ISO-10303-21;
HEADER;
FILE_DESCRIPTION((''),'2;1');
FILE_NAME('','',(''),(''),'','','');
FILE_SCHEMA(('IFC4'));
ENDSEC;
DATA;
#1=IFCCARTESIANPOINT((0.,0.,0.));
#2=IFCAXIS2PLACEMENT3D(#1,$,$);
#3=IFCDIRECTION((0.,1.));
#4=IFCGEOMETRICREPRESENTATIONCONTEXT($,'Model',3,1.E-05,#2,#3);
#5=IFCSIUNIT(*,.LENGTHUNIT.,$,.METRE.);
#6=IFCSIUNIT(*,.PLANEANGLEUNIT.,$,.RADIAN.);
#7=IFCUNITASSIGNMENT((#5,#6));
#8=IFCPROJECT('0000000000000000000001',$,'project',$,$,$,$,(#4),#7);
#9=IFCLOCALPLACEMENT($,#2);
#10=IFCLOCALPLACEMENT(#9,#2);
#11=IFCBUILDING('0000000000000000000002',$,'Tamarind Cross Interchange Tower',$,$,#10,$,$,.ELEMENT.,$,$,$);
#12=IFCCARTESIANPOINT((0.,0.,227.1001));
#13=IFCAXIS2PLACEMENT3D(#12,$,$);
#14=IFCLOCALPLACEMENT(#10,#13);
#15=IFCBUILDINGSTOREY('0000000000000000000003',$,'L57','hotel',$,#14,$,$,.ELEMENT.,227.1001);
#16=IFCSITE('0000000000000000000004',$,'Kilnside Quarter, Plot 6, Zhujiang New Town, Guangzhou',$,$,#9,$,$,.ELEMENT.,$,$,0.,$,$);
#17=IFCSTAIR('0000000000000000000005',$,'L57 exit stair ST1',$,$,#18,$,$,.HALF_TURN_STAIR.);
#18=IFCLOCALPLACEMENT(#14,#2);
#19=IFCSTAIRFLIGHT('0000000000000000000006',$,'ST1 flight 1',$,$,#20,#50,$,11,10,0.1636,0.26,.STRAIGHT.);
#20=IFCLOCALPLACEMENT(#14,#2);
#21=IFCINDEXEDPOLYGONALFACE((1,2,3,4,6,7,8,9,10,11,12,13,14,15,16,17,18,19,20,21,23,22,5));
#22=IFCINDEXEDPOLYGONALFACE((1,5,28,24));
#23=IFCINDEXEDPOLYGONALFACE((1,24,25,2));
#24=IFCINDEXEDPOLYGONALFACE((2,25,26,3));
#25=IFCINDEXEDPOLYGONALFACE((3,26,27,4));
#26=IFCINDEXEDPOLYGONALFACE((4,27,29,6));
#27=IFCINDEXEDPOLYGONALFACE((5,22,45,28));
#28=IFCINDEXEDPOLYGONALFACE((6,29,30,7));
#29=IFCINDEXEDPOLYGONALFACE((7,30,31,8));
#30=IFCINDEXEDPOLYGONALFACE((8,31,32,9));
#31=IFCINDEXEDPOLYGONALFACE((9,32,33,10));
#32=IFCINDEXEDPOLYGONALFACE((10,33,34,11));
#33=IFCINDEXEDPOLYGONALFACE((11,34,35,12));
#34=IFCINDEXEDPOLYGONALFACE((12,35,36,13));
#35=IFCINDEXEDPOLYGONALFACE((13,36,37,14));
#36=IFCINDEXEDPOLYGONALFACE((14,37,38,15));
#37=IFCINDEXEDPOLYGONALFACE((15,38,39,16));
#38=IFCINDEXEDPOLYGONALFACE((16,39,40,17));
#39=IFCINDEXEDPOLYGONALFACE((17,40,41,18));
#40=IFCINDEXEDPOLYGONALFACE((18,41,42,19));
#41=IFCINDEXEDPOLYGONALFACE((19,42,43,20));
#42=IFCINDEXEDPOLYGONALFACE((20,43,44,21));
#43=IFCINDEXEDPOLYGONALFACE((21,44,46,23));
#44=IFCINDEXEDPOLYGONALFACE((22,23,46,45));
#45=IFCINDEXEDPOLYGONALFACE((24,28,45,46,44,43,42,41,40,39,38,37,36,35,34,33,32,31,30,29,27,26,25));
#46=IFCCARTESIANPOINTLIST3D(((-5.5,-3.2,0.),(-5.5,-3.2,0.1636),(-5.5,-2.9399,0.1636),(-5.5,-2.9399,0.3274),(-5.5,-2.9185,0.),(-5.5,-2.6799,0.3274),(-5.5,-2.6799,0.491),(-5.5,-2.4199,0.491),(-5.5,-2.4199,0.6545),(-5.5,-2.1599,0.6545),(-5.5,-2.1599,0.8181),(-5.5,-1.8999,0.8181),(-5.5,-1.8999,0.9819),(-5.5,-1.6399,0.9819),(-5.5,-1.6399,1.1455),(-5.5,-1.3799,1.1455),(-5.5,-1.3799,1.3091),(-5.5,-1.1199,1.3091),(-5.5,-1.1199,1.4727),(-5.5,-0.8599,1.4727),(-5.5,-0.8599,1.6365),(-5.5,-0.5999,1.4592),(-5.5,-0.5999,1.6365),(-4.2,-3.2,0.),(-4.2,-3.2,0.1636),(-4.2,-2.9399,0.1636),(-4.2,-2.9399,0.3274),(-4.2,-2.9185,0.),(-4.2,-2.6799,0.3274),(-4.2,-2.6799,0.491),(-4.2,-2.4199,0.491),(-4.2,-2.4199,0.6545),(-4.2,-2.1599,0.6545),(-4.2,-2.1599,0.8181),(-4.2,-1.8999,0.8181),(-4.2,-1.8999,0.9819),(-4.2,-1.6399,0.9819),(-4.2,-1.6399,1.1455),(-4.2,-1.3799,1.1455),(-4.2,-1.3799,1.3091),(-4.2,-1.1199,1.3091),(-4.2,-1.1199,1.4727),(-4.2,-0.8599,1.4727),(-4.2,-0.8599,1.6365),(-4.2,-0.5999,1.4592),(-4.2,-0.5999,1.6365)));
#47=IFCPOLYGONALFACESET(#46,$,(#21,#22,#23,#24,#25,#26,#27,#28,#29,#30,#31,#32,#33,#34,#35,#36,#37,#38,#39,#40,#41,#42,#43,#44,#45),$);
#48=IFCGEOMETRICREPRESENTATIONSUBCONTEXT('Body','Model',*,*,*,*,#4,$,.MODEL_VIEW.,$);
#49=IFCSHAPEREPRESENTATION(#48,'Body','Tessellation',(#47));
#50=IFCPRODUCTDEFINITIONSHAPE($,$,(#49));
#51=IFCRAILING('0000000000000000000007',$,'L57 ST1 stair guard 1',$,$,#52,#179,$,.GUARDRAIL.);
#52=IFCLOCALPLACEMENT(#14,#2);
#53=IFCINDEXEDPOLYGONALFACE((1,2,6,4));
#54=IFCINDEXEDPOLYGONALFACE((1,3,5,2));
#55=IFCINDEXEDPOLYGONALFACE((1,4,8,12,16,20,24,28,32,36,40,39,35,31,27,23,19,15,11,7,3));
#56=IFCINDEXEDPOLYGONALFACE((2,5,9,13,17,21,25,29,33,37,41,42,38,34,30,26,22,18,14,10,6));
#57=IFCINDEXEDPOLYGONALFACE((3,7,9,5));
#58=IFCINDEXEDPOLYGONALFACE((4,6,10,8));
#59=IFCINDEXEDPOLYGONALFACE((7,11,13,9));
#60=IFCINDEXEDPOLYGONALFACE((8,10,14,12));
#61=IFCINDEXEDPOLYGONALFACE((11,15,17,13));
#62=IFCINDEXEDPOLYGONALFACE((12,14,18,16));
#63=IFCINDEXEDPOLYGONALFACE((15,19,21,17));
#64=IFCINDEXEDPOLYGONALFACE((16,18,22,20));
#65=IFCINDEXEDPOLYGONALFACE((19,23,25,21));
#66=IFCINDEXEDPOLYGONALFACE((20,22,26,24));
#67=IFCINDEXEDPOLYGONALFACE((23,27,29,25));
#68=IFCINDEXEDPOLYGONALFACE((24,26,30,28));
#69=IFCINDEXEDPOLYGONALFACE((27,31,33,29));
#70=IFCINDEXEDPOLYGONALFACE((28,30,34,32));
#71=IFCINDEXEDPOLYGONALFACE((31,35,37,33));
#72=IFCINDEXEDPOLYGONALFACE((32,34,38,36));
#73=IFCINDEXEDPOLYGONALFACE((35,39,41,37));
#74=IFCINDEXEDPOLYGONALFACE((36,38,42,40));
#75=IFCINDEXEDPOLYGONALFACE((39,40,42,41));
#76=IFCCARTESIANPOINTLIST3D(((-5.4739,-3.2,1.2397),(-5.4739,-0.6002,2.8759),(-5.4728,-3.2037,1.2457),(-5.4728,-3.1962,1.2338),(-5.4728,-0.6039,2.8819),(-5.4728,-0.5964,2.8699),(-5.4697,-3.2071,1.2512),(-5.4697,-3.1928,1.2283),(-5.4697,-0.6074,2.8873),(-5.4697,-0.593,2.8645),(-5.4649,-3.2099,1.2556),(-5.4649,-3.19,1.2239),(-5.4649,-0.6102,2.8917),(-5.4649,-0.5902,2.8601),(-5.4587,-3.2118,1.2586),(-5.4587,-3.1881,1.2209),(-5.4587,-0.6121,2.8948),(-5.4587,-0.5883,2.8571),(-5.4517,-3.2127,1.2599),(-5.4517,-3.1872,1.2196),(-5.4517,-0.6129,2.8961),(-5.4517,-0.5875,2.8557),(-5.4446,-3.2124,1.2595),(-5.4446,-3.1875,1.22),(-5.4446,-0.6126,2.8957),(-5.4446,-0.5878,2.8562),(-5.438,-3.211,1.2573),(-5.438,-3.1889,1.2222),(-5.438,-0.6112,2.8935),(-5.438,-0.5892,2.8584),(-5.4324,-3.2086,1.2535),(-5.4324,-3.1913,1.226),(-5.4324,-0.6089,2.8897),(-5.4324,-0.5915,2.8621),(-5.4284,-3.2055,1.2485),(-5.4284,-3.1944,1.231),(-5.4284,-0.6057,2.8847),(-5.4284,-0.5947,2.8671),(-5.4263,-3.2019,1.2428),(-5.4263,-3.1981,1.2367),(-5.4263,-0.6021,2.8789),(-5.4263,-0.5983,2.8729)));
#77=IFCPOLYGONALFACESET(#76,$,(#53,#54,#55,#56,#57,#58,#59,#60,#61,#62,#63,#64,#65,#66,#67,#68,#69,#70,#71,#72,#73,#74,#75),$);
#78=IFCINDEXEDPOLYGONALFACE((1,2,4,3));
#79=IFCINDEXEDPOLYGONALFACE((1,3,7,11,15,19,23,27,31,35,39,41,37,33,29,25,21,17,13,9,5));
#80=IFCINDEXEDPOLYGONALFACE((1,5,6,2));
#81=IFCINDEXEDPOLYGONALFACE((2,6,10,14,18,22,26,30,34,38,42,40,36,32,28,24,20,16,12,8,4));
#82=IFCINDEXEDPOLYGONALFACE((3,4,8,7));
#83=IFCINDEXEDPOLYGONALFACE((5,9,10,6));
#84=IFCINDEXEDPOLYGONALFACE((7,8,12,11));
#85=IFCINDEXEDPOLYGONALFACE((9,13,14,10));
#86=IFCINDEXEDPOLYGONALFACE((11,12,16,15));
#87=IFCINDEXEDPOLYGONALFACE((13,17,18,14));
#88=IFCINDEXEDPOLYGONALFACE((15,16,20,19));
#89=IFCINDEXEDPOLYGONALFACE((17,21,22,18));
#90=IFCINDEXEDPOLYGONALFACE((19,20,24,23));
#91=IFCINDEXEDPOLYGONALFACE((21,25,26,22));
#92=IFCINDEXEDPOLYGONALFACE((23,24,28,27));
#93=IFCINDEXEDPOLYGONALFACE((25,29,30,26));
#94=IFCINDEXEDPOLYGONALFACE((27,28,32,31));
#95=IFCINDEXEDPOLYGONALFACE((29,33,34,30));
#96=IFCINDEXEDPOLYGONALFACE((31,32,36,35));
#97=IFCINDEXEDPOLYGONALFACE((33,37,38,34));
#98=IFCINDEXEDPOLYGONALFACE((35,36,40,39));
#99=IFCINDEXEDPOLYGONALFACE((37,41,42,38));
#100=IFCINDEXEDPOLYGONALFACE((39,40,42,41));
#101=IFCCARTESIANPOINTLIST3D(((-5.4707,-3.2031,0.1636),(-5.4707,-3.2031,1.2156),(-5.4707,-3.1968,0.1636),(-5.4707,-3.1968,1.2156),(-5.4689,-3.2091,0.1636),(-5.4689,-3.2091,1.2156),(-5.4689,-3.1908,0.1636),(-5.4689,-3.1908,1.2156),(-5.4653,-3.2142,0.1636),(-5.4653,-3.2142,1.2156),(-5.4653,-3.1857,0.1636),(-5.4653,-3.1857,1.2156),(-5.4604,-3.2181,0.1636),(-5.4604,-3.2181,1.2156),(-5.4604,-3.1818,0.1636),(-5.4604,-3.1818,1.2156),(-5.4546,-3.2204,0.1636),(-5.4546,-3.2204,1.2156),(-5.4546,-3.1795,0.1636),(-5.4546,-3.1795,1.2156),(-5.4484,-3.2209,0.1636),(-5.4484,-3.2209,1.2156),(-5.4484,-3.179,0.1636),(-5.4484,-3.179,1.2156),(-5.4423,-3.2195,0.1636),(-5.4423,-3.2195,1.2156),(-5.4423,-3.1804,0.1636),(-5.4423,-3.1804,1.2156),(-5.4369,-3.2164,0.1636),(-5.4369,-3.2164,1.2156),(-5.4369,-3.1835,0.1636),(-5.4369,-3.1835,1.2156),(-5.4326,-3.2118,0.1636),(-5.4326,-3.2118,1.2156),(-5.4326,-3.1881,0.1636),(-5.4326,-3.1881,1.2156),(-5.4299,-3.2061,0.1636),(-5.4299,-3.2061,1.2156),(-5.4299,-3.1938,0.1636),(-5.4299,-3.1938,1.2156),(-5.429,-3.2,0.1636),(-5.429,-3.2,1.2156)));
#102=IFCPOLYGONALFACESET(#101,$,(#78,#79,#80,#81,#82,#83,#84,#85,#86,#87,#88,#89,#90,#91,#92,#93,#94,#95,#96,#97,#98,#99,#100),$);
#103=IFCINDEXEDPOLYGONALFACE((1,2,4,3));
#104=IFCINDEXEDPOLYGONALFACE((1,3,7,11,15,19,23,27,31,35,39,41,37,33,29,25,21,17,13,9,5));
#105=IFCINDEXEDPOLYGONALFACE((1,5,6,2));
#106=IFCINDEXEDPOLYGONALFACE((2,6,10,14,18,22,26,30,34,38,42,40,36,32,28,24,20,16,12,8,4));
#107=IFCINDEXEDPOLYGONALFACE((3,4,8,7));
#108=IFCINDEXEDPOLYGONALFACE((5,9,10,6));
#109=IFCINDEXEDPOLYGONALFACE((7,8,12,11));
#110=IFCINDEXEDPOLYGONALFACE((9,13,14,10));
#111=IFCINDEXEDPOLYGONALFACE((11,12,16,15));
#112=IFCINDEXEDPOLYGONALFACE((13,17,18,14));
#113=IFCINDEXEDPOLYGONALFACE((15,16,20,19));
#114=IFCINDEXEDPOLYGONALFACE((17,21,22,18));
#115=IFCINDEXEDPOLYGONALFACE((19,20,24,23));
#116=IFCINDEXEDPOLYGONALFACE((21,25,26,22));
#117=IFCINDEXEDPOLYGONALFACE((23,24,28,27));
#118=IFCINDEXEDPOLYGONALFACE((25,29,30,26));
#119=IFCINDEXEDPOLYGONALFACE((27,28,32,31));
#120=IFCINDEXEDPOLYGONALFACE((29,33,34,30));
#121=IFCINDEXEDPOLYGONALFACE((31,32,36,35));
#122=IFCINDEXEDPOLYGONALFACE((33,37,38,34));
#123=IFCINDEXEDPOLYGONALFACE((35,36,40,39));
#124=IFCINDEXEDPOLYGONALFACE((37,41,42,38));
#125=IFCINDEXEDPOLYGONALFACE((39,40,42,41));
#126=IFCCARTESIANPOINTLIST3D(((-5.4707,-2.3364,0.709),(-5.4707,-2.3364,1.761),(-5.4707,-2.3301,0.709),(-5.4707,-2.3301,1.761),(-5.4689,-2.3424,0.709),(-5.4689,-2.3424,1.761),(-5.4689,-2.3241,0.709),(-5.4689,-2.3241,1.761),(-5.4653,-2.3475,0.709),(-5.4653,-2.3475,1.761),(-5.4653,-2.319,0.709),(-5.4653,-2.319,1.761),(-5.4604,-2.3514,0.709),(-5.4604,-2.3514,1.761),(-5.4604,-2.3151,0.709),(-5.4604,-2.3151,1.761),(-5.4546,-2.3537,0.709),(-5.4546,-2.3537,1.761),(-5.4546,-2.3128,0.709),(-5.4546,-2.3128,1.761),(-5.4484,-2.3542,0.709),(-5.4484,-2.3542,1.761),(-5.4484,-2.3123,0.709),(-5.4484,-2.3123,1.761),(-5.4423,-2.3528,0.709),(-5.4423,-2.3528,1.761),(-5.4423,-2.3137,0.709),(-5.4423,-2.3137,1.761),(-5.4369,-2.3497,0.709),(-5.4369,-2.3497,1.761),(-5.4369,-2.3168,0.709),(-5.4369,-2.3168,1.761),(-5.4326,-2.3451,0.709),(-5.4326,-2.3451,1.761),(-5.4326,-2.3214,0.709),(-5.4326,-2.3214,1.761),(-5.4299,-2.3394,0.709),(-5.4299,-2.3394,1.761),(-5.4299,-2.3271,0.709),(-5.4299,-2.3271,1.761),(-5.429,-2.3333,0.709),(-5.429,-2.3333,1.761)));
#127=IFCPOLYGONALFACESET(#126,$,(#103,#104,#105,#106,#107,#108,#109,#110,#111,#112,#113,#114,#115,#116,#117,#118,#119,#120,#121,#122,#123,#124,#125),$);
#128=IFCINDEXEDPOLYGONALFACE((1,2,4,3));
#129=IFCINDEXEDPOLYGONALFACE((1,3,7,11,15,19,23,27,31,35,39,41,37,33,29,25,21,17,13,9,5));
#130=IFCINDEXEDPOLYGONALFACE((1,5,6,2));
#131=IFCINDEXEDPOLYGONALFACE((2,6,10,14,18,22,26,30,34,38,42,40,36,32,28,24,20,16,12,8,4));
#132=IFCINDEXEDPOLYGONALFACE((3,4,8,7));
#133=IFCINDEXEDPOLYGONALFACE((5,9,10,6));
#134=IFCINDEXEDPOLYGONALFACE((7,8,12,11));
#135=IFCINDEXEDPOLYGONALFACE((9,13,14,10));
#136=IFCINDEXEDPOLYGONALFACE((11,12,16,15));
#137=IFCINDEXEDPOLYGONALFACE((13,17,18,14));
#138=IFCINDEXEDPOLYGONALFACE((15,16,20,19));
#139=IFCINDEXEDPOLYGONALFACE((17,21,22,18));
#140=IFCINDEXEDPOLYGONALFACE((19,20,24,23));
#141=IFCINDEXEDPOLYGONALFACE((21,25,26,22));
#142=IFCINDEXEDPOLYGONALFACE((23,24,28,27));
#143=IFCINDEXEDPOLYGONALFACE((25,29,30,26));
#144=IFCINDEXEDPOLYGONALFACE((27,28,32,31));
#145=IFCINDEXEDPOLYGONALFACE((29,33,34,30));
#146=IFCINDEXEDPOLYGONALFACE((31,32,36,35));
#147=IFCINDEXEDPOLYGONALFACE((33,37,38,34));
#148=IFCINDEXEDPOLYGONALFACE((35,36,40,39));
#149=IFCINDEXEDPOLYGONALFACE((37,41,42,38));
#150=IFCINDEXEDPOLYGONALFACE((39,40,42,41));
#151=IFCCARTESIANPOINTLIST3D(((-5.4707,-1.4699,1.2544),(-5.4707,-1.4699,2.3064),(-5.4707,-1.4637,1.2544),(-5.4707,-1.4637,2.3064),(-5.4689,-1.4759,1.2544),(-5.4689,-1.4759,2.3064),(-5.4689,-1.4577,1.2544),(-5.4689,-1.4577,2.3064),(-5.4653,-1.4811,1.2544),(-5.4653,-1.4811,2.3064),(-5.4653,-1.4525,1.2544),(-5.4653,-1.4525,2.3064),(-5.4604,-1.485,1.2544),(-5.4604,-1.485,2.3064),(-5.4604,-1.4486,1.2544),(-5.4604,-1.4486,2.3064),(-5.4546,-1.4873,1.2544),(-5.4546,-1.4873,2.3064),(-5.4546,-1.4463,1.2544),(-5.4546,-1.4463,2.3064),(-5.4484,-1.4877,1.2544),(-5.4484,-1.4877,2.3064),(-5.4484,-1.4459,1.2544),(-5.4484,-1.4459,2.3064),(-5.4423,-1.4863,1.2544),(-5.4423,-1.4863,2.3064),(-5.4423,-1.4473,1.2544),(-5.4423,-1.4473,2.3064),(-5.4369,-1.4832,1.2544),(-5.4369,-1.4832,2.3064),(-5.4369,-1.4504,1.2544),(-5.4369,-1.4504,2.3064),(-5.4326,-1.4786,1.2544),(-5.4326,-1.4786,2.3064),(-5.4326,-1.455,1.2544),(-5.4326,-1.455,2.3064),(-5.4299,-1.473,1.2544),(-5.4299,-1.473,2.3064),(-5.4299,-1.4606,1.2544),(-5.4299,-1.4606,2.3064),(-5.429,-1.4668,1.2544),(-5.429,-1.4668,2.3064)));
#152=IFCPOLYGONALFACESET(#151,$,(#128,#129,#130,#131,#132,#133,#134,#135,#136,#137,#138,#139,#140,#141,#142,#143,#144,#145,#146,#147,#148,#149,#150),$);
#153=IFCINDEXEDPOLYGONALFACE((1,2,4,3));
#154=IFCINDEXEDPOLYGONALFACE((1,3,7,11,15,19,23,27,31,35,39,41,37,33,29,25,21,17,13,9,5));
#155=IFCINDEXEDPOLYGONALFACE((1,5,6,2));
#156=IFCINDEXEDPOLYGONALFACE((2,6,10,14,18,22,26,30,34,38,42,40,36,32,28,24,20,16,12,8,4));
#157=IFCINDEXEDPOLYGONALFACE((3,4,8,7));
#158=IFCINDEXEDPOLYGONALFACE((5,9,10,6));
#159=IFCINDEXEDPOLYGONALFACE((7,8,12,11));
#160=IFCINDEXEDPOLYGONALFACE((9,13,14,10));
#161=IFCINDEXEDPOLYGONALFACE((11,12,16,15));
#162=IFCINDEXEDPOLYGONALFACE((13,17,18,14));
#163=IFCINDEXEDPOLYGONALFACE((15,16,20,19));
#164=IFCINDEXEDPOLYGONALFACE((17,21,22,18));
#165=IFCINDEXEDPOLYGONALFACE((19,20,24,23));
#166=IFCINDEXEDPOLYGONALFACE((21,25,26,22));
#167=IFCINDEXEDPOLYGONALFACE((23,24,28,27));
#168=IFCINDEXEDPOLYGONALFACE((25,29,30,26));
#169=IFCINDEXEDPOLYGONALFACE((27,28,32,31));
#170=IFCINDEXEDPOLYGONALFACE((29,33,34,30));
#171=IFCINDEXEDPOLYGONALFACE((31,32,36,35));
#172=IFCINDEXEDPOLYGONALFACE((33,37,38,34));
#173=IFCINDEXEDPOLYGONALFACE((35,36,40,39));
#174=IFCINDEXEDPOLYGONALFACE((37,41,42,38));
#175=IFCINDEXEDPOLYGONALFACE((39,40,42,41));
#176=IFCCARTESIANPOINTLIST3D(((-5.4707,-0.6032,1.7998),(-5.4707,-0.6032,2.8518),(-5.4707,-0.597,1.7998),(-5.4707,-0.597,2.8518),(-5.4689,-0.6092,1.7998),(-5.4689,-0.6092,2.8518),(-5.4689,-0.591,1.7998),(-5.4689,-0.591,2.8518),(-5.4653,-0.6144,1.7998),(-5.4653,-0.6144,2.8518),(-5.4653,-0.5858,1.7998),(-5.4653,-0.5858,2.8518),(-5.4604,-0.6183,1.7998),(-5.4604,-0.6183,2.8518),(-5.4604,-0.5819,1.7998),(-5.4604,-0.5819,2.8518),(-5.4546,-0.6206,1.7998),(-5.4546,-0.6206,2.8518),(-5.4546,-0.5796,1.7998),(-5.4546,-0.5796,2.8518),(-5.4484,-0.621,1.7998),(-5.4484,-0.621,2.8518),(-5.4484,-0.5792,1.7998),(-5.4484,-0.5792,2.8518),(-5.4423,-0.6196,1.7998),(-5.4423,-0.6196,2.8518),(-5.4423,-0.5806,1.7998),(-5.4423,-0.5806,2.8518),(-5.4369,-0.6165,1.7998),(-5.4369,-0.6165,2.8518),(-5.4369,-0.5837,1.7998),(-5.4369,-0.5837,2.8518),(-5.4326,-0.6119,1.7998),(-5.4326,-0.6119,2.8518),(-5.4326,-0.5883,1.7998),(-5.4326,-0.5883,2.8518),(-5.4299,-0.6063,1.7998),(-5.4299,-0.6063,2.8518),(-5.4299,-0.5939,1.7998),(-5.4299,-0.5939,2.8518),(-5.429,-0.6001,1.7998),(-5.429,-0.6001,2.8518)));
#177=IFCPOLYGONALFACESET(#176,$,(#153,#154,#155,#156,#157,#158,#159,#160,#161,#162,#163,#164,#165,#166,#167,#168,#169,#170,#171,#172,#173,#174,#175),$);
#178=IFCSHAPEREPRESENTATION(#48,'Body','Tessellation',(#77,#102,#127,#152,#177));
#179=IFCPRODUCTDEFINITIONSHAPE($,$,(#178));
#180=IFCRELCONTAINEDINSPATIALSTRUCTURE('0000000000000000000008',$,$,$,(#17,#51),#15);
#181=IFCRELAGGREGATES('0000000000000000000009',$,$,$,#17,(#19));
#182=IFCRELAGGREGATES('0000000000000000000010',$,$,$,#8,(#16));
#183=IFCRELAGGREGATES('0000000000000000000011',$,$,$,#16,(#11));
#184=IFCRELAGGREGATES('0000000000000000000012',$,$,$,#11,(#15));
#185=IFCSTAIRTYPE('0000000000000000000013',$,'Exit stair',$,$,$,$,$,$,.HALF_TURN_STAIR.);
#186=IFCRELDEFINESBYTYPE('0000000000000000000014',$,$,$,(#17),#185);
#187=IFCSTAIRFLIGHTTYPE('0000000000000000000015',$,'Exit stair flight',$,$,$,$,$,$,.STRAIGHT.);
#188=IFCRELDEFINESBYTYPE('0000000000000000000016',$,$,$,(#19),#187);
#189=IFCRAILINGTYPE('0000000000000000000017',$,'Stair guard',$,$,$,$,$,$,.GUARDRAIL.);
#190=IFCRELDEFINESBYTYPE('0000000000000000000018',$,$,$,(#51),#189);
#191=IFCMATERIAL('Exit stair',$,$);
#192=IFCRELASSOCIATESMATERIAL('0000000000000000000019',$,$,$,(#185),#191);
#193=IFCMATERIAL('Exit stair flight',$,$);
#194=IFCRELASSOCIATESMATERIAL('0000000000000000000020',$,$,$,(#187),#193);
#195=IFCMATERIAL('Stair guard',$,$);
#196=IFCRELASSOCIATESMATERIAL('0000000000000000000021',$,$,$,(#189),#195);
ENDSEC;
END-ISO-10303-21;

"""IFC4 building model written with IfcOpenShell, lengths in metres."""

from ifc_helpers import new_model, si_unit, direction, frame, origin, origin_2d, place, context, subcontext, project, spatial, polyline, circle, outline, extrude, material, type_object, element, aggregate, save


model = new_model("IFC4")

# Units and contexts
model_context = context("Model", 3, precision=1e-05, world=origin(), true_north=direction((0.0, 1.0)))
body_context = subcontext(model_context, "Body", "Model", "MODEL_VIEW")
ifc_project = project(units=[si_unit("LENGTHUNIT", "METRE"), si_unit("PLANEANGLEUNIT", "RADIAN")], contexts=[model_context])

# Site, building, storey
site_placement = place(None, origin())
site = spatial("IfcSite", under=ifc_project, at=site_placement, Name="Kilnside Quarter, Plot 6, Zhujiang New Town, Guangzhou", CompositionType="ELEMENT", RefElevation=0.0)
building_placement = place(site_placement, origin())
building = spatial("IfcBuilding", under=site, at=building_placement, Name="Tamarind Cross Interchange Tower", CompositionType="ELEMENT")
storey_placement = place(building_placement, frame((0.0, 0.0, 227.1001)))
storey = spatial("IfcBuildingStorey", under=building, at=storey_placement, Name="L57", Description="hotel", CompositionType="ELEMENT", Elevation=227.1001)

# Stair, stair flight
ifc_material_1 = material(Name="Exit stair")
stair_type = type_object("IfcStairType", Name="Exit stair", PredefinedType="HALF_TURN_STAIR", material=ifc_material_1)
stair_placement = place(storey_placement, origin())
stair = element("IfcStair", 1, at=stair_placement, inside=storey, type_object=stair_type, Name="L57 exit stair ST1", PredefinedType="HALF_TURN_STAIR")
ifc_material_2 = material(Name="Exit stair flight")
stair_flight_type = type_object("IfcStairFlightType", Name="Exit stair flight", PredefinedType="STRAIGHT", material=ifc_material_2)
stair_flight_placement = place(storey_placement, frame((-4.8501, -3.2, 0.0), z_axis=(0.0, 0.0, 1.0), x_axis=(0.0, 1.0, 0.0)))
stair_flight = element("IfcStairFlight", 2, at=stair_flight_placement, type_object=stair_flight_type, Name="ST1 flight 1", NumberOfRisers=11, NumberOfTreads=10, PredefinedType="STRAIGHT", RiserHeight=0.1636, TreadLength=0.26, context=body_context, shape_type="SweptSolid", body=[
    extrude(outline(polyline([(0.0, 0.0), (0.0, 0.1636), (0.26, 0.1636), (0.26, 0.3274), (0.52, 0.3274), (0.52, 0.491), (0.78, 0.491), (0.78, 0.6545), (1.04, 0.6545), (1.04, 0.8181), (1.3, 0.8181), (1.3, 0.9819), (1.5601, 0.9819), (1.5601, 1.1455), (1.8201, 1.1455), (1.8201, 1.3091), (2.0801, 1.3091), (2.0801, 1.4727), (2.3401, 1.4727), (2.3401, 1.6365), (2.6001, 1.6365), (2.6001, 1.8), (2.6001, 1.4592), (0.2815, 0.0), (0.0, 0.0)])), frame((0.0, 0.6499, 0.0), z_axis=(0.0, -1.0, 0.0), x_axis=(1.0, 0.0, 0.0)), (0.0, 0.0, 1.0), 1.3),
])
aggregate(stair, [stair_flight])

# Railing
ifc_material_3 = material(Name="Stair guard")
railing_type_1 = type_object("IfcRailingType", Name="Stair guard", PredefinedType="GUARDRAIL", material=ifc_material_3)
railing_1_placement = place(storey_placement, frame((-5.45, -3.2, 0.1636)))
element("IfcRailing", 3, at=railing_1_placement, inside=storey, type_object=railing_type_1, Name="L57 ST1 stair guard 1", PredefinedType="GUARDRAIL", context=body_context, shape_type="SweptSolid", body=[
    extrude(circle(Radius=0.0239, at=origin_2d()), frame((0.0, 0.0, 1.0762), z_axis=(0.0, 0.846338, 0.532647), x_axis=(-1.0, 0.0, 0.0)), (0.0, 0.0, 1.0), 3.0718),
    extrude(circle(Radius=0.021, at=origin_2d()), origin(), (0.0, 0.0, 1.0), 1.052),
    extrude(circle(Radius=0.021, at=origin_2d()), frame((0.0, 0.8667, 0.5454)), (0.0, 0.0, 1.0), 1.052),
    extrude(circle(Radius=0.021, at=origin_2d()), frame((0.0, 1.7332, 1.0908)), (0.0, 0.0, 1.0), 1.052),
    extrude(circle(Radius=0.021, at=origin_2d()), frame((0.0, 2.5999, 1.6362)), (0.0, 0.0, 1.0), 1.052),
])

save(model, "model.ifc")
